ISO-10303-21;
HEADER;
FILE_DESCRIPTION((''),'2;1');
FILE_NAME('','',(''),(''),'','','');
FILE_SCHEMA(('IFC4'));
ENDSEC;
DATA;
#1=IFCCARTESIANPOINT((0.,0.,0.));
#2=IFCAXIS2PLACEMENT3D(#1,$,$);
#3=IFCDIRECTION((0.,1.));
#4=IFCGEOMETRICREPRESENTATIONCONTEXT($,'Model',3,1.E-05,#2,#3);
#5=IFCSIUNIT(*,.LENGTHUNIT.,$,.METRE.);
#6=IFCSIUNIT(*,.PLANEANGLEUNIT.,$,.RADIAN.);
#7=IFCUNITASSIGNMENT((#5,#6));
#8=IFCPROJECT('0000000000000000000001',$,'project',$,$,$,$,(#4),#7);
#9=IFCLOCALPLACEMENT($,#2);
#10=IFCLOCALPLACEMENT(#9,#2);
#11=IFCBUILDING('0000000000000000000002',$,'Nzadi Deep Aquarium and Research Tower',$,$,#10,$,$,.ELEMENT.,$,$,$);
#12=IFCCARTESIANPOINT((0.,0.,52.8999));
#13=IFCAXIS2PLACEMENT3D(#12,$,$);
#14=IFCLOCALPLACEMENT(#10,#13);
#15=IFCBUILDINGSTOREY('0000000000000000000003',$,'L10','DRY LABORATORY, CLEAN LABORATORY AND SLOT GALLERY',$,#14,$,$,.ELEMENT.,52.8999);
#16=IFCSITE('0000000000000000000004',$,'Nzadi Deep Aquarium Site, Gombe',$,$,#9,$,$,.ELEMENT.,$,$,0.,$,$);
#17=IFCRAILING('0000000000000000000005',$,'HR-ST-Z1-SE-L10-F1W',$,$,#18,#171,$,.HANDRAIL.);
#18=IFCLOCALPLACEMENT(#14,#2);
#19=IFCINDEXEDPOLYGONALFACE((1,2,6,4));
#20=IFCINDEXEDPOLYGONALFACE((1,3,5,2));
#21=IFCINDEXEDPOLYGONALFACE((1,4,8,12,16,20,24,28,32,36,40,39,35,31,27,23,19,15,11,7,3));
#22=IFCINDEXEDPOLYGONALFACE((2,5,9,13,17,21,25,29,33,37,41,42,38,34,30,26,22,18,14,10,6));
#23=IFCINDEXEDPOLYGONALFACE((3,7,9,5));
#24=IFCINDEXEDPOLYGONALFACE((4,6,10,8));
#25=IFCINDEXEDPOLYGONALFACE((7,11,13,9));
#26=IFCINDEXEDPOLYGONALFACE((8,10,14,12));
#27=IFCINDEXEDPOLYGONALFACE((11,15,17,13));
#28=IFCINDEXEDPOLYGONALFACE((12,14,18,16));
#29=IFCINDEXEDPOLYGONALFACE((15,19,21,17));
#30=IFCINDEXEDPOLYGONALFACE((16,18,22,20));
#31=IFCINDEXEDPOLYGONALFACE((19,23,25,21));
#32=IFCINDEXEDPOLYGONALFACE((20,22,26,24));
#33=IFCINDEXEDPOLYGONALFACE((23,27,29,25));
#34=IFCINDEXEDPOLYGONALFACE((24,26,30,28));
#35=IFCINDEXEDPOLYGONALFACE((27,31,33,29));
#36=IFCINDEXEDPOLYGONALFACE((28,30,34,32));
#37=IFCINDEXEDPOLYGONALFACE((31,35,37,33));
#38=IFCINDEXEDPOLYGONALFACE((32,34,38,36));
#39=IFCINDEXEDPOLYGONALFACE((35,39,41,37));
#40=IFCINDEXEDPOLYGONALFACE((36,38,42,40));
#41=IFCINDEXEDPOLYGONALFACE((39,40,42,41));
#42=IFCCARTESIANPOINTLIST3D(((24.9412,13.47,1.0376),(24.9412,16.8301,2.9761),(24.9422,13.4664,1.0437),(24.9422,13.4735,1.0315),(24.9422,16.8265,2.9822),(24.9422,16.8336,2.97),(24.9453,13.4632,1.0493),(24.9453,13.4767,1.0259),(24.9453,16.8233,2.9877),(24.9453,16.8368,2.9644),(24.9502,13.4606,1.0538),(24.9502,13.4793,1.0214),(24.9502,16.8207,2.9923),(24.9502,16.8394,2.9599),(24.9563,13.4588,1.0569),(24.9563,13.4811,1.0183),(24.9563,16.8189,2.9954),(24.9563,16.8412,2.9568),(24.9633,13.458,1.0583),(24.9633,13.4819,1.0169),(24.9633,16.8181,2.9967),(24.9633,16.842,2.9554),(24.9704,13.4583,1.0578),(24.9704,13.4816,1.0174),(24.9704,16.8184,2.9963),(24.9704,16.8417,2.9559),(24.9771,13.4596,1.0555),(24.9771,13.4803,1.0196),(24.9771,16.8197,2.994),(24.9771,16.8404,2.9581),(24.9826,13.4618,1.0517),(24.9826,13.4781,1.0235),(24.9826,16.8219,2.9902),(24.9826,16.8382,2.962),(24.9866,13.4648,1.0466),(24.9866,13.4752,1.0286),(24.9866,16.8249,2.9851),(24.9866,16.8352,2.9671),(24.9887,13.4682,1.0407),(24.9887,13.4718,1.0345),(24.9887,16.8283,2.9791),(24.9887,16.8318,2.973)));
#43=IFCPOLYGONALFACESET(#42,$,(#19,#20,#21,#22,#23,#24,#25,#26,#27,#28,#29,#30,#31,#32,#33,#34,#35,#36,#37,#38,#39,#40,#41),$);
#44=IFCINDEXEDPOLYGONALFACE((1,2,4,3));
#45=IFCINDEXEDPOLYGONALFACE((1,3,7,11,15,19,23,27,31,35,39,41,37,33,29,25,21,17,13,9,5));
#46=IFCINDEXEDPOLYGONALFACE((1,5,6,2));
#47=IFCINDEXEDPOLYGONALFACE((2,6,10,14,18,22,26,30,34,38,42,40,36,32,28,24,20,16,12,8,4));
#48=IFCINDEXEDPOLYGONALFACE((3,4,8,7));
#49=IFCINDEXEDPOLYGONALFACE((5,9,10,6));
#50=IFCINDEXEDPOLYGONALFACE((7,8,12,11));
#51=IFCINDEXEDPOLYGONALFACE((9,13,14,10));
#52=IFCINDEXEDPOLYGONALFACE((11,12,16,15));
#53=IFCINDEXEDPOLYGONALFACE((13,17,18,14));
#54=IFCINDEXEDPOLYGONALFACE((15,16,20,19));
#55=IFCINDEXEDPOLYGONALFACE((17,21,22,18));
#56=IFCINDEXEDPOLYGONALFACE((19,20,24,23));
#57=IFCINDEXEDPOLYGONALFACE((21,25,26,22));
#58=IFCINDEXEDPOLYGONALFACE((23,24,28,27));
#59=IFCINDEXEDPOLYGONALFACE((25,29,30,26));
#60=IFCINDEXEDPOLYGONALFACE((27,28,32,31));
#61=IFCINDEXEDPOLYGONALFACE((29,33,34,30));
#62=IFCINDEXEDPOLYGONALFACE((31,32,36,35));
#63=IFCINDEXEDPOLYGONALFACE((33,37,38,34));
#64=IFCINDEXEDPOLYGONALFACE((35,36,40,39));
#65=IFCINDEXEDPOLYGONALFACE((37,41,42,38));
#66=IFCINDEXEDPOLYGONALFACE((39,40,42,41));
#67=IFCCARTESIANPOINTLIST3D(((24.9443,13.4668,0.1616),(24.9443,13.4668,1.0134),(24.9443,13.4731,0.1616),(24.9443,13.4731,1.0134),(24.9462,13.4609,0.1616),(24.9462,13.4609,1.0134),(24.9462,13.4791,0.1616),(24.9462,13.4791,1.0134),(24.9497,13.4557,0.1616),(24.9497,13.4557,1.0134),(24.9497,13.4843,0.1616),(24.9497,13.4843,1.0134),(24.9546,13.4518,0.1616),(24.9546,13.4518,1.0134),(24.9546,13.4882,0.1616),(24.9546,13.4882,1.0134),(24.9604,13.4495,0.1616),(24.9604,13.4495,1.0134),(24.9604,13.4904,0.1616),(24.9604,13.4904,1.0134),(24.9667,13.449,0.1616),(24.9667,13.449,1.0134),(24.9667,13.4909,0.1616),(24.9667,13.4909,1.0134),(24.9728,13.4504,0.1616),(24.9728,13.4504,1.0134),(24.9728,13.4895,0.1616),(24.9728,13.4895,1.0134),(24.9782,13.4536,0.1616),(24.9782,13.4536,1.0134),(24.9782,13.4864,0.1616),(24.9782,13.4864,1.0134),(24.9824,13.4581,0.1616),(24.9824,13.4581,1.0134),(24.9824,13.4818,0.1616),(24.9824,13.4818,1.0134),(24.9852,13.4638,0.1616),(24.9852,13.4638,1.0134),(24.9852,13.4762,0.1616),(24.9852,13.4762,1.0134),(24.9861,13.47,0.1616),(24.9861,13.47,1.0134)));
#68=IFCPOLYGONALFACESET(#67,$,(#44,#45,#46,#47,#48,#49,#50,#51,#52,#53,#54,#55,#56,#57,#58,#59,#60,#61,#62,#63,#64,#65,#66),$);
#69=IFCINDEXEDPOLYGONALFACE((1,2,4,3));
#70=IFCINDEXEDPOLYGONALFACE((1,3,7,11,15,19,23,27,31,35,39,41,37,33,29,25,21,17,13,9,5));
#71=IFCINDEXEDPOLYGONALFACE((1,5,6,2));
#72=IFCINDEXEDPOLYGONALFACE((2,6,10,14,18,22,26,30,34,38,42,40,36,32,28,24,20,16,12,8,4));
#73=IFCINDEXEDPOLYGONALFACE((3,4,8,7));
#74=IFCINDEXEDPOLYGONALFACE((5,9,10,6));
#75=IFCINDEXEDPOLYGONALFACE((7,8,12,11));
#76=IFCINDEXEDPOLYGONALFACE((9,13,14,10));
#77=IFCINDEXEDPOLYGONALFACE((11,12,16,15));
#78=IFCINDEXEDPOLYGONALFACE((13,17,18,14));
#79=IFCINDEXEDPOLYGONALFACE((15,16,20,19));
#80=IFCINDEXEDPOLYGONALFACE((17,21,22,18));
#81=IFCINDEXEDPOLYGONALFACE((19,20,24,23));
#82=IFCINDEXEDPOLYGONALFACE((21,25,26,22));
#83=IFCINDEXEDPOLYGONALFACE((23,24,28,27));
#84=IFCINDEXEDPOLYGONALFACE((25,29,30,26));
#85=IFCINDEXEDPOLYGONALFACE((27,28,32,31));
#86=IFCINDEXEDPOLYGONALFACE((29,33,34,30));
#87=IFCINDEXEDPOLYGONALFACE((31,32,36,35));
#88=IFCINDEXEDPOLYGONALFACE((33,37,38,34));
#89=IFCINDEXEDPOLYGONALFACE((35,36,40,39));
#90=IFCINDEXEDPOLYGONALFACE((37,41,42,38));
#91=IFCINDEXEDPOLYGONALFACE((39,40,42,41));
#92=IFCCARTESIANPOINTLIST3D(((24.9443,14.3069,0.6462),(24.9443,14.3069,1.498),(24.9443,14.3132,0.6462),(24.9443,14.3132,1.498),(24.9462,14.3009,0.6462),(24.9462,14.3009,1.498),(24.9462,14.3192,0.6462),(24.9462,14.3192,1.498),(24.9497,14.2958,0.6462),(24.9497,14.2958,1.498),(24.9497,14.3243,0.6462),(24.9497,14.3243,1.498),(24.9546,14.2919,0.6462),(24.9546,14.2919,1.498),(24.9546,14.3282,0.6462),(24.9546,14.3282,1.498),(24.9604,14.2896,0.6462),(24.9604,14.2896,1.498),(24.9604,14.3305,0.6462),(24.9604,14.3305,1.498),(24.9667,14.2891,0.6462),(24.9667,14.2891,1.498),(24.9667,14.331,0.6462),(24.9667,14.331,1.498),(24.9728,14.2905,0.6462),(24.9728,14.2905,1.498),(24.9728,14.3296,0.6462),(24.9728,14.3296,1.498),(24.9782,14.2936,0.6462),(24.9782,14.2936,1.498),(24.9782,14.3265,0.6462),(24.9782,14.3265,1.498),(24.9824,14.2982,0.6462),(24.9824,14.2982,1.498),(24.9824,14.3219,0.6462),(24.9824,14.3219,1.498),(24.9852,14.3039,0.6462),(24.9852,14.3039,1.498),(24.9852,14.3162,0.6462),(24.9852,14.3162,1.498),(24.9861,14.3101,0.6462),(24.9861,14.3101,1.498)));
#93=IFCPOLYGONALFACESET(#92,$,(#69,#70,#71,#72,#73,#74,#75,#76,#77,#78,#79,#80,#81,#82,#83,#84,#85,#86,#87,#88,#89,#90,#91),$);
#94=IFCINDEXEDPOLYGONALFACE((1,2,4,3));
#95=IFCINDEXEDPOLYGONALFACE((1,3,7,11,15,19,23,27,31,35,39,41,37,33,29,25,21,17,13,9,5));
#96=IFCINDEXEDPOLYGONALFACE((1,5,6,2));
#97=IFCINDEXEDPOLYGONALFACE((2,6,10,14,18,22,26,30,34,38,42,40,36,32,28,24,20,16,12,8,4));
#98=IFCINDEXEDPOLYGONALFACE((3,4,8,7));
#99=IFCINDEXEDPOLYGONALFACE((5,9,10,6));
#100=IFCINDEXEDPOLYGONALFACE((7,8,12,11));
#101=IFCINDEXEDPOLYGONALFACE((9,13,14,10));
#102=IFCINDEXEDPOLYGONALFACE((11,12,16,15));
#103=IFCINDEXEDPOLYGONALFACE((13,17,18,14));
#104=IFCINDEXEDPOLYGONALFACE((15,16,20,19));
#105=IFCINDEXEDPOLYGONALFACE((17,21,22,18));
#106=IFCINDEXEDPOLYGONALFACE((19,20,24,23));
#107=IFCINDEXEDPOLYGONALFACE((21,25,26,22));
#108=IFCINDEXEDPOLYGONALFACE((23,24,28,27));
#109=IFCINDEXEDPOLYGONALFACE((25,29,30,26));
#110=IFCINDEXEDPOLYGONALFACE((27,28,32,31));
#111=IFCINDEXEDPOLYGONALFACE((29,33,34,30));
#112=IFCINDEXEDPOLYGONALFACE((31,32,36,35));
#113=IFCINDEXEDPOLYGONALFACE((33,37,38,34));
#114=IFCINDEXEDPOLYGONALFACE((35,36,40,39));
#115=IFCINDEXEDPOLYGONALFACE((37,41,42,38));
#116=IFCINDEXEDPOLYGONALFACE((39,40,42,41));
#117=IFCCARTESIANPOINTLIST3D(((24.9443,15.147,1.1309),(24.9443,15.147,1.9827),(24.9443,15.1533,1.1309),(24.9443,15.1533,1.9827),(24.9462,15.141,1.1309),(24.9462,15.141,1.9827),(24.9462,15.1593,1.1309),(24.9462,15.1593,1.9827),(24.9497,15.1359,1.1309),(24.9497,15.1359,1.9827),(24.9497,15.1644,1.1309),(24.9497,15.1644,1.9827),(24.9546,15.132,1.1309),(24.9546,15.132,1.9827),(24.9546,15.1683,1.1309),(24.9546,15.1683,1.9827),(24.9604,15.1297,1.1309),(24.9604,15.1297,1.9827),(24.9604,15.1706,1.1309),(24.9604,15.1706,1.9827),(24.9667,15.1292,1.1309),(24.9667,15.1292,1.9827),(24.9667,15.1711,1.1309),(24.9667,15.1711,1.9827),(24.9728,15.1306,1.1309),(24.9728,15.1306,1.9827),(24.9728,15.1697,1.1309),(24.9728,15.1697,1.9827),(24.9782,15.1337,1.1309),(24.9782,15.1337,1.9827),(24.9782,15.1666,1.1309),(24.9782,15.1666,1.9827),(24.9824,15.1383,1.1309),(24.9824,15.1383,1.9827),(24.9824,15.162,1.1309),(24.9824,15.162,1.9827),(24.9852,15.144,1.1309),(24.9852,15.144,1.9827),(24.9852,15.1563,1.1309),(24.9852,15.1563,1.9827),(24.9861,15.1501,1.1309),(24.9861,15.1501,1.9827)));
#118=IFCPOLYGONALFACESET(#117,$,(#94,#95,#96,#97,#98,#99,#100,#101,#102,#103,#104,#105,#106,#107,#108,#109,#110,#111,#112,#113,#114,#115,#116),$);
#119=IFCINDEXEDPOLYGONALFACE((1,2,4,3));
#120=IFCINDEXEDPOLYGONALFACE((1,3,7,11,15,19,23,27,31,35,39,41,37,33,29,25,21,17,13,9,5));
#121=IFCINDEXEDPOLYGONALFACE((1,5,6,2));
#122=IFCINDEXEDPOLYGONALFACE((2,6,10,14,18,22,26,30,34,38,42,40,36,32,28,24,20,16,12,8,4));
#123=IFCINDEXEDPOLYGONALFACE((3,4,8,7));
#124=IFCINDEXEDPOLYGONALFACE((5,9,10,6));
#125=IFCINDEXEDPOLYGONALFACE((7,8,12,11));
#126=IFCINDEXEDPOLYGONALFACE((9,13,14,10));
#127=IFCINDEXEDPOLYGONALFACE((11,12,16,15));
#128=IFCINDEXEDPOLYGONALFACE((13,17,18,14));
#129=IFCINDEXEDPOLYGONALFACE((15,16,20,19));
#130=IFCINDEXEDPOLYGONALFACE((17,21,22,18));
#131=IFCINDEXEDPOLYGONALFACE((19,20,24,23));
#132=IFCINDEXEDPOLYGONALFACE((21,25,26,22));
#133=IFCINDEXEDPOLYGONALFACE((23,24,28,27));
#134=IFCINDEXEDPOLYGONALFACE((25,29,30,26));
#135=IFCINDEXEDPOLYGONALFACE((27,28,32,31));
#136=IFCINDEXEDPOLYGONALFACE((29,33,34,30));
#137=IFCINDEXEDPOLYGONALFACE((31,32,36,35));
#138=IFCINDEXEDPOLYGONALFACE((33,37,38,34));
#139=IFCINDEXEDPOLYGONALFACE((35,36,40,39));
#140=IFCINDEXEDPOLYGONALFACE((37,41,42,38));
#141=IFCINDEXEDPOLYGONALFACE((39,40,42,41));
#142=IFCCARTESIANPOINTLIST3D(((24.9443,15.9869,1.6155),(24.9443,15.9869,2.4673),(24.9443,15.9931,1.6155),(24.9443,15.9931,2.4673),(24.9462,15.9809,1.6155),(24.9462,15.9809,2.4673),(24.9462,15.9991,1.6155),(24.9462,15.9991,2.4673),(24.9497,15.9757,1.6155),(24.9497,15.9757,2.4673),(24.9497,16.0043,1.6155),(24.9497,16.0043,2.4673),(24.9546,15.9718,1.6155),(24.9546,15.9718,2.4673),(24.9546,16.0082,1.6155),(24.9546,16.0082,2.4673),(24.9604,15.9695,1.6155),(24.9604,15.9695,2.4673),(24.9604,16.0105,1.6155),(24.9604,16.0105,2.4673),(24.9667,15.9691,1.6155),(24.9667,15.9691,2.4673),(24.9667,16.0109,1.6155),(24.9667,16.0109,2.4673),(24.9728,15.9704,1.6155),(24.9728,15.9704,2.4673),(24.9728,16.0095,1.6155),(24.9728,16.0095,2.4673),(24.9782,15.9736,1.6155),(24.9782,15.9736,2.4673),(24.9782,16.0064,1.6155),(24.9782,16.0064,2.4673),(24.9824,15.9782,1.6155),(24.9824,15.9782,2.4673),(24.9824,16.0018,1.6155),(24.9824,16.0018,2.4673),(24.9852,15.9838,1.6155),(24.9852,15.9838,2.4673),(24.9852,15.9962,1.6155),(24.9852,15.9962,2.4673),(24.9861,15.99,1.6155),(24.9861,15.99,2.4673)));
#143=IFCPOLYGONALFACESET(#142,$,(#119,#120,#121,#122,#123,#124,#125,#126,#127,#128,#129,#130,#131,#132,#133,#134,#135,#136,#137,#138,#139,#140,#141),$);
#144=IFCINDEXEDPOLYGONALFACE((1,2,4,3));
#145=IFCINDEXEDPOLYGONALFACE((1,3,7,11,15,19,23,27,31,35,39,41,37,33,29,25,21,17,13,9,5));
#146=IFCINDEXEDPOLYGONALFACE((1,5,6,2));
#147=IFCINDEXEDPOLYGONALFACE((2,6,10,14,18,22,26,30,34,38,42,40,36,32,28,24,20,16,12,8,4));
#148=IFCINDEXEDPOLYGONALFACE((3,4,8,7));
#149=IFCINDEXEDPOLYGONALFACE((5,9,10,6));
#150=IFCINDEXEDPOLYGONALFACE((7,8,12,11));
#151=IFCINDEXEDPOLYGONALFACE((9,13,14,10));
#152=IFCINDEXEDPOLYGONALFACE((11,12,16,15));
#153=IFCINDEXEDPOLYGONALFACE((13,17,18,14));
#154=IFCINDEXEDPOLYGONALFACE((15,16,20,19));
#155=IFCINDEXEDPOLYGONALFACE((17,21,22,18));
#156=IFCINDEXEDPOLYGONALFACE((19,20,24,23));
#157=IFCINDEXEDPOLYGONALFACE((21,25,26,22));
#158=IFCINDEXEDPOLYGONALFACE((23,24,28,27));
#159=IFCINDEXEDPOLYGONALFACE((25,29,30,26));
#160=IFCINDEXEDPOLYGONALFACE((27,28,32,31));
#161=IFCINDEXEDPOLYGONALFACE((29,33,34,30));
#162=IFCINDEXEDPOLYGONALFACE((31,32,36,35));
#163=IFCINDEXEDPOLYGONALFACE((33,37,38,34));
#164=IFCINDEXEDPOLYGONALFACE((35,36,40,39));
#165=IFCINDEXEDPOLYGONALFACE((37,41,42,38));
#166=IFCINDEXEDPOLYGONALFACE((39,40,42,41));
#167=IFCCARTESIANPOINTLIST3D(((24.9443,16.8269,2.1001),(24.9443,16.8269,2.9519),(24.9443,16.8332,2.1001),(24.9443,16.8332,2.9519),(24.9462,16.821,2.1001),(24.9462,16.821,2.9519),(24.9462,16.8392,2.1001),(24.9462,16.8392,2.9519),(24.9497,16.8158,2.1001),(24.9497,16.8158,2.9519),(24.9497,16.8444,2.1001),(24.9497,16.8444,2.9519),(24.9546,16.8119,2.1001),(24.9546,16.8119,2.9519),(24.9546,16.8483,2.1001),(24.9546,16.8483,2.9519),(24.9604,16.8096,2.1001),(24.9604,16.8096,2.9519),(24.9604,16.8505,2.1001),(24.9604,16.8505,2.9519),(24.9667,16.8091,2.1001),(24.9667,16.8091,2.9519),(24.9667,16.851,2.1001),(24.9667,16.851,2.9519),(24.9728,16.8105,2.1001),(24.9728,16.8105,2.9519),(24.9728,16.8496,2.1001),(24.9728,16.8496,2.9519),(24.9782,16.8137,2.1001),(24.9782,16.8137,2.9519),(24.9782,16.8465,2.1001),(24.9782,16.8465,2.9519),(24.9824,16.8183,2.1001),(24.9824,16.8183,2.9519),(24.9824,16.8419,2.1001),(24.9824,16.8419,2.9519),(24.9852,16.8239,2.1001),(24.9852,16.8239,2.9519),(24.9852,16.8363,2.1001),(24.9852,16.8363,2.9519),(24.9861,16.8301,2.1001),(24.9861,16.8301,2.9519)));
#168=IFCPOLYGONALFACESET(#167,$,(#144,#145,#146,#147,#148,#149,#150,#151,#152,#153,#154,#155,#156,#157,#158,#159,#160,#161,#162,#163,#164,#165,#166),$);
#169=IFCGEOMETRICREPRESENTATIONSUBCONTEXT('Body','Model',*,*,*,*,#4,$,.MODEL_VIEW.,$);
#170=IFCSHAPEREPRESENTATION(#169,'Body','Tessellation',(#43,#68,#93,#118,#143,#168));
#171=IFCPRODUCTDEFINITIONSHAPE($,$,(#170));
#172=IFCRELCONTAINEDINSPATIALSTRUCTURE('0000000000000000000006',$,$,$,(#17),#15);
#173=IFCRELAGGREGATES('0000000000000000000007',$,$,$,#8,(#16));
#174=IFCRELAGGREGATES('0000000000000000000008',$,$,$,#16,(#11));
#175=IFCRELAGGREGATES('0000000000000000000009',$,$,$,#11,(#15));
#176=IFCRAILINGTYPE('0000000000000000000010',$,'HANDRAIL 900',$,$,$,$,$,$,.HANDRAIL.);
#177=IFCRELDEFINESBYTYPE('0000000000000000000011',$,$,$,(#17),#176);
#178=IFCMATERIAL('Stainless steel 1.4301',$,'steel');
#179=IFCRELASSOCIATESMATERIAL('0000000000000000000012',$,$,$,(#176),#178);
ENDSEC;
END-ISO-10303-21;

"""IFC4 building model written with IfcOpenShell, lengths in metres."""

from ifc_helpers import new_model, si_unit, direction, frame, origin, origin_2d, place, context, subcontext, project, spatial, circle, extrude, material, type_object, element, save


model = new_model("IFC4")

# Units and contexts
model_context = context("Model", 3, precision=1e-05, world=origin(), true_north=direction((0.0, 1.0)))
body_context = subcontext(model_context, "Body", "Model", "MODEL_VIEW")
ifc_project = project(units=[si_unit("LENGTHUNIT", "METRE"), si_unit("PLANEANGLEUNIT", "RADIAN")], contexts=[model_context])

# Site, building, storey
site_placement = place(None, origin())
site = spatial("IfcSite", under=ifc_project, at=site_placement, Name="Nzadi Deep Aquarium Site, Gombe", CompositionType="ELEMENT", RefElevation=0.0)
building_placement = place(site_placement, origin())
building = spatial("IfcBuilding", under=site, at=building_placement, Name="Nzadi Deep Aquarium and Research Tower", CompositionType="ELEMENT")
storey_placement = place(building_placement, frame((0.0, 0.0, 52.8999)))
storey = spatial("IfcBuildingStorey", under=building, at=storey_placement, Name="L10", Description="DRY LABORATORY, CLEAN LABORATORY AND SLOT GALLERY", CompositionType="ELEMENT", Elevation=52.8999)

# Railing
ifc_material_1 = material(Name="Stainless steel 1.4301", Category="steel")
railing_type = type_object("IfcRailingType", Name="HANDRAIL 900", PredefinedType="HANDRAIL", material=ifc_material_1)
railing_placement = place(storey_placement, frame((24.9651, 13.47, 0.1616)))
element("IfcRailing", 1, at=railing_placement, inside=storey, type_object=railing_type, Name="HR-ST-Z1-SE-L10-F1W", PredefinedType="HANDRAIL", context=body_context, shape_type="SweptSolid", body=[
    extrude(circle(Radius=0.0239, at=origin_2d()), frame((0.0, 0.0, 0.876), z_axis=(0.0, 0.866191, 0.499713), x_axis=(-1.0, 0.0, 0.0)), (0.0, 0.0, 1.0), 3.8792),
    extrude(circle(Radius=0.021, at=origin_2d()), origin(), (0.0, 0.0, 1.0), 0.8518),
    extrude(circle(Radius=0.021, at=origin_2d()), frame((0.0, 0.8401, 0.4846)), (0.0, 0.0, 1.0), 0.8518),
    extrude(circle(Radius=0.021, at=origin_2d()), frame((0.0, 1.6802, 0.9692)), (0.0, 0.0, 1.0), 0.8518),
    extrude(circle(Radius=0.021, at=origin_2d()), frame((0.0, 2.52, 1.4539)), (0.0, 0.0, 1.0), 0.8518),
    extrude(circle(Radius=0.021, at=origin_2d()), frame((0.0, 3.3601, 1.9385)), (0.0, 0.0, 1.0), 0.8518),
])

save(model, "model.ifc")
